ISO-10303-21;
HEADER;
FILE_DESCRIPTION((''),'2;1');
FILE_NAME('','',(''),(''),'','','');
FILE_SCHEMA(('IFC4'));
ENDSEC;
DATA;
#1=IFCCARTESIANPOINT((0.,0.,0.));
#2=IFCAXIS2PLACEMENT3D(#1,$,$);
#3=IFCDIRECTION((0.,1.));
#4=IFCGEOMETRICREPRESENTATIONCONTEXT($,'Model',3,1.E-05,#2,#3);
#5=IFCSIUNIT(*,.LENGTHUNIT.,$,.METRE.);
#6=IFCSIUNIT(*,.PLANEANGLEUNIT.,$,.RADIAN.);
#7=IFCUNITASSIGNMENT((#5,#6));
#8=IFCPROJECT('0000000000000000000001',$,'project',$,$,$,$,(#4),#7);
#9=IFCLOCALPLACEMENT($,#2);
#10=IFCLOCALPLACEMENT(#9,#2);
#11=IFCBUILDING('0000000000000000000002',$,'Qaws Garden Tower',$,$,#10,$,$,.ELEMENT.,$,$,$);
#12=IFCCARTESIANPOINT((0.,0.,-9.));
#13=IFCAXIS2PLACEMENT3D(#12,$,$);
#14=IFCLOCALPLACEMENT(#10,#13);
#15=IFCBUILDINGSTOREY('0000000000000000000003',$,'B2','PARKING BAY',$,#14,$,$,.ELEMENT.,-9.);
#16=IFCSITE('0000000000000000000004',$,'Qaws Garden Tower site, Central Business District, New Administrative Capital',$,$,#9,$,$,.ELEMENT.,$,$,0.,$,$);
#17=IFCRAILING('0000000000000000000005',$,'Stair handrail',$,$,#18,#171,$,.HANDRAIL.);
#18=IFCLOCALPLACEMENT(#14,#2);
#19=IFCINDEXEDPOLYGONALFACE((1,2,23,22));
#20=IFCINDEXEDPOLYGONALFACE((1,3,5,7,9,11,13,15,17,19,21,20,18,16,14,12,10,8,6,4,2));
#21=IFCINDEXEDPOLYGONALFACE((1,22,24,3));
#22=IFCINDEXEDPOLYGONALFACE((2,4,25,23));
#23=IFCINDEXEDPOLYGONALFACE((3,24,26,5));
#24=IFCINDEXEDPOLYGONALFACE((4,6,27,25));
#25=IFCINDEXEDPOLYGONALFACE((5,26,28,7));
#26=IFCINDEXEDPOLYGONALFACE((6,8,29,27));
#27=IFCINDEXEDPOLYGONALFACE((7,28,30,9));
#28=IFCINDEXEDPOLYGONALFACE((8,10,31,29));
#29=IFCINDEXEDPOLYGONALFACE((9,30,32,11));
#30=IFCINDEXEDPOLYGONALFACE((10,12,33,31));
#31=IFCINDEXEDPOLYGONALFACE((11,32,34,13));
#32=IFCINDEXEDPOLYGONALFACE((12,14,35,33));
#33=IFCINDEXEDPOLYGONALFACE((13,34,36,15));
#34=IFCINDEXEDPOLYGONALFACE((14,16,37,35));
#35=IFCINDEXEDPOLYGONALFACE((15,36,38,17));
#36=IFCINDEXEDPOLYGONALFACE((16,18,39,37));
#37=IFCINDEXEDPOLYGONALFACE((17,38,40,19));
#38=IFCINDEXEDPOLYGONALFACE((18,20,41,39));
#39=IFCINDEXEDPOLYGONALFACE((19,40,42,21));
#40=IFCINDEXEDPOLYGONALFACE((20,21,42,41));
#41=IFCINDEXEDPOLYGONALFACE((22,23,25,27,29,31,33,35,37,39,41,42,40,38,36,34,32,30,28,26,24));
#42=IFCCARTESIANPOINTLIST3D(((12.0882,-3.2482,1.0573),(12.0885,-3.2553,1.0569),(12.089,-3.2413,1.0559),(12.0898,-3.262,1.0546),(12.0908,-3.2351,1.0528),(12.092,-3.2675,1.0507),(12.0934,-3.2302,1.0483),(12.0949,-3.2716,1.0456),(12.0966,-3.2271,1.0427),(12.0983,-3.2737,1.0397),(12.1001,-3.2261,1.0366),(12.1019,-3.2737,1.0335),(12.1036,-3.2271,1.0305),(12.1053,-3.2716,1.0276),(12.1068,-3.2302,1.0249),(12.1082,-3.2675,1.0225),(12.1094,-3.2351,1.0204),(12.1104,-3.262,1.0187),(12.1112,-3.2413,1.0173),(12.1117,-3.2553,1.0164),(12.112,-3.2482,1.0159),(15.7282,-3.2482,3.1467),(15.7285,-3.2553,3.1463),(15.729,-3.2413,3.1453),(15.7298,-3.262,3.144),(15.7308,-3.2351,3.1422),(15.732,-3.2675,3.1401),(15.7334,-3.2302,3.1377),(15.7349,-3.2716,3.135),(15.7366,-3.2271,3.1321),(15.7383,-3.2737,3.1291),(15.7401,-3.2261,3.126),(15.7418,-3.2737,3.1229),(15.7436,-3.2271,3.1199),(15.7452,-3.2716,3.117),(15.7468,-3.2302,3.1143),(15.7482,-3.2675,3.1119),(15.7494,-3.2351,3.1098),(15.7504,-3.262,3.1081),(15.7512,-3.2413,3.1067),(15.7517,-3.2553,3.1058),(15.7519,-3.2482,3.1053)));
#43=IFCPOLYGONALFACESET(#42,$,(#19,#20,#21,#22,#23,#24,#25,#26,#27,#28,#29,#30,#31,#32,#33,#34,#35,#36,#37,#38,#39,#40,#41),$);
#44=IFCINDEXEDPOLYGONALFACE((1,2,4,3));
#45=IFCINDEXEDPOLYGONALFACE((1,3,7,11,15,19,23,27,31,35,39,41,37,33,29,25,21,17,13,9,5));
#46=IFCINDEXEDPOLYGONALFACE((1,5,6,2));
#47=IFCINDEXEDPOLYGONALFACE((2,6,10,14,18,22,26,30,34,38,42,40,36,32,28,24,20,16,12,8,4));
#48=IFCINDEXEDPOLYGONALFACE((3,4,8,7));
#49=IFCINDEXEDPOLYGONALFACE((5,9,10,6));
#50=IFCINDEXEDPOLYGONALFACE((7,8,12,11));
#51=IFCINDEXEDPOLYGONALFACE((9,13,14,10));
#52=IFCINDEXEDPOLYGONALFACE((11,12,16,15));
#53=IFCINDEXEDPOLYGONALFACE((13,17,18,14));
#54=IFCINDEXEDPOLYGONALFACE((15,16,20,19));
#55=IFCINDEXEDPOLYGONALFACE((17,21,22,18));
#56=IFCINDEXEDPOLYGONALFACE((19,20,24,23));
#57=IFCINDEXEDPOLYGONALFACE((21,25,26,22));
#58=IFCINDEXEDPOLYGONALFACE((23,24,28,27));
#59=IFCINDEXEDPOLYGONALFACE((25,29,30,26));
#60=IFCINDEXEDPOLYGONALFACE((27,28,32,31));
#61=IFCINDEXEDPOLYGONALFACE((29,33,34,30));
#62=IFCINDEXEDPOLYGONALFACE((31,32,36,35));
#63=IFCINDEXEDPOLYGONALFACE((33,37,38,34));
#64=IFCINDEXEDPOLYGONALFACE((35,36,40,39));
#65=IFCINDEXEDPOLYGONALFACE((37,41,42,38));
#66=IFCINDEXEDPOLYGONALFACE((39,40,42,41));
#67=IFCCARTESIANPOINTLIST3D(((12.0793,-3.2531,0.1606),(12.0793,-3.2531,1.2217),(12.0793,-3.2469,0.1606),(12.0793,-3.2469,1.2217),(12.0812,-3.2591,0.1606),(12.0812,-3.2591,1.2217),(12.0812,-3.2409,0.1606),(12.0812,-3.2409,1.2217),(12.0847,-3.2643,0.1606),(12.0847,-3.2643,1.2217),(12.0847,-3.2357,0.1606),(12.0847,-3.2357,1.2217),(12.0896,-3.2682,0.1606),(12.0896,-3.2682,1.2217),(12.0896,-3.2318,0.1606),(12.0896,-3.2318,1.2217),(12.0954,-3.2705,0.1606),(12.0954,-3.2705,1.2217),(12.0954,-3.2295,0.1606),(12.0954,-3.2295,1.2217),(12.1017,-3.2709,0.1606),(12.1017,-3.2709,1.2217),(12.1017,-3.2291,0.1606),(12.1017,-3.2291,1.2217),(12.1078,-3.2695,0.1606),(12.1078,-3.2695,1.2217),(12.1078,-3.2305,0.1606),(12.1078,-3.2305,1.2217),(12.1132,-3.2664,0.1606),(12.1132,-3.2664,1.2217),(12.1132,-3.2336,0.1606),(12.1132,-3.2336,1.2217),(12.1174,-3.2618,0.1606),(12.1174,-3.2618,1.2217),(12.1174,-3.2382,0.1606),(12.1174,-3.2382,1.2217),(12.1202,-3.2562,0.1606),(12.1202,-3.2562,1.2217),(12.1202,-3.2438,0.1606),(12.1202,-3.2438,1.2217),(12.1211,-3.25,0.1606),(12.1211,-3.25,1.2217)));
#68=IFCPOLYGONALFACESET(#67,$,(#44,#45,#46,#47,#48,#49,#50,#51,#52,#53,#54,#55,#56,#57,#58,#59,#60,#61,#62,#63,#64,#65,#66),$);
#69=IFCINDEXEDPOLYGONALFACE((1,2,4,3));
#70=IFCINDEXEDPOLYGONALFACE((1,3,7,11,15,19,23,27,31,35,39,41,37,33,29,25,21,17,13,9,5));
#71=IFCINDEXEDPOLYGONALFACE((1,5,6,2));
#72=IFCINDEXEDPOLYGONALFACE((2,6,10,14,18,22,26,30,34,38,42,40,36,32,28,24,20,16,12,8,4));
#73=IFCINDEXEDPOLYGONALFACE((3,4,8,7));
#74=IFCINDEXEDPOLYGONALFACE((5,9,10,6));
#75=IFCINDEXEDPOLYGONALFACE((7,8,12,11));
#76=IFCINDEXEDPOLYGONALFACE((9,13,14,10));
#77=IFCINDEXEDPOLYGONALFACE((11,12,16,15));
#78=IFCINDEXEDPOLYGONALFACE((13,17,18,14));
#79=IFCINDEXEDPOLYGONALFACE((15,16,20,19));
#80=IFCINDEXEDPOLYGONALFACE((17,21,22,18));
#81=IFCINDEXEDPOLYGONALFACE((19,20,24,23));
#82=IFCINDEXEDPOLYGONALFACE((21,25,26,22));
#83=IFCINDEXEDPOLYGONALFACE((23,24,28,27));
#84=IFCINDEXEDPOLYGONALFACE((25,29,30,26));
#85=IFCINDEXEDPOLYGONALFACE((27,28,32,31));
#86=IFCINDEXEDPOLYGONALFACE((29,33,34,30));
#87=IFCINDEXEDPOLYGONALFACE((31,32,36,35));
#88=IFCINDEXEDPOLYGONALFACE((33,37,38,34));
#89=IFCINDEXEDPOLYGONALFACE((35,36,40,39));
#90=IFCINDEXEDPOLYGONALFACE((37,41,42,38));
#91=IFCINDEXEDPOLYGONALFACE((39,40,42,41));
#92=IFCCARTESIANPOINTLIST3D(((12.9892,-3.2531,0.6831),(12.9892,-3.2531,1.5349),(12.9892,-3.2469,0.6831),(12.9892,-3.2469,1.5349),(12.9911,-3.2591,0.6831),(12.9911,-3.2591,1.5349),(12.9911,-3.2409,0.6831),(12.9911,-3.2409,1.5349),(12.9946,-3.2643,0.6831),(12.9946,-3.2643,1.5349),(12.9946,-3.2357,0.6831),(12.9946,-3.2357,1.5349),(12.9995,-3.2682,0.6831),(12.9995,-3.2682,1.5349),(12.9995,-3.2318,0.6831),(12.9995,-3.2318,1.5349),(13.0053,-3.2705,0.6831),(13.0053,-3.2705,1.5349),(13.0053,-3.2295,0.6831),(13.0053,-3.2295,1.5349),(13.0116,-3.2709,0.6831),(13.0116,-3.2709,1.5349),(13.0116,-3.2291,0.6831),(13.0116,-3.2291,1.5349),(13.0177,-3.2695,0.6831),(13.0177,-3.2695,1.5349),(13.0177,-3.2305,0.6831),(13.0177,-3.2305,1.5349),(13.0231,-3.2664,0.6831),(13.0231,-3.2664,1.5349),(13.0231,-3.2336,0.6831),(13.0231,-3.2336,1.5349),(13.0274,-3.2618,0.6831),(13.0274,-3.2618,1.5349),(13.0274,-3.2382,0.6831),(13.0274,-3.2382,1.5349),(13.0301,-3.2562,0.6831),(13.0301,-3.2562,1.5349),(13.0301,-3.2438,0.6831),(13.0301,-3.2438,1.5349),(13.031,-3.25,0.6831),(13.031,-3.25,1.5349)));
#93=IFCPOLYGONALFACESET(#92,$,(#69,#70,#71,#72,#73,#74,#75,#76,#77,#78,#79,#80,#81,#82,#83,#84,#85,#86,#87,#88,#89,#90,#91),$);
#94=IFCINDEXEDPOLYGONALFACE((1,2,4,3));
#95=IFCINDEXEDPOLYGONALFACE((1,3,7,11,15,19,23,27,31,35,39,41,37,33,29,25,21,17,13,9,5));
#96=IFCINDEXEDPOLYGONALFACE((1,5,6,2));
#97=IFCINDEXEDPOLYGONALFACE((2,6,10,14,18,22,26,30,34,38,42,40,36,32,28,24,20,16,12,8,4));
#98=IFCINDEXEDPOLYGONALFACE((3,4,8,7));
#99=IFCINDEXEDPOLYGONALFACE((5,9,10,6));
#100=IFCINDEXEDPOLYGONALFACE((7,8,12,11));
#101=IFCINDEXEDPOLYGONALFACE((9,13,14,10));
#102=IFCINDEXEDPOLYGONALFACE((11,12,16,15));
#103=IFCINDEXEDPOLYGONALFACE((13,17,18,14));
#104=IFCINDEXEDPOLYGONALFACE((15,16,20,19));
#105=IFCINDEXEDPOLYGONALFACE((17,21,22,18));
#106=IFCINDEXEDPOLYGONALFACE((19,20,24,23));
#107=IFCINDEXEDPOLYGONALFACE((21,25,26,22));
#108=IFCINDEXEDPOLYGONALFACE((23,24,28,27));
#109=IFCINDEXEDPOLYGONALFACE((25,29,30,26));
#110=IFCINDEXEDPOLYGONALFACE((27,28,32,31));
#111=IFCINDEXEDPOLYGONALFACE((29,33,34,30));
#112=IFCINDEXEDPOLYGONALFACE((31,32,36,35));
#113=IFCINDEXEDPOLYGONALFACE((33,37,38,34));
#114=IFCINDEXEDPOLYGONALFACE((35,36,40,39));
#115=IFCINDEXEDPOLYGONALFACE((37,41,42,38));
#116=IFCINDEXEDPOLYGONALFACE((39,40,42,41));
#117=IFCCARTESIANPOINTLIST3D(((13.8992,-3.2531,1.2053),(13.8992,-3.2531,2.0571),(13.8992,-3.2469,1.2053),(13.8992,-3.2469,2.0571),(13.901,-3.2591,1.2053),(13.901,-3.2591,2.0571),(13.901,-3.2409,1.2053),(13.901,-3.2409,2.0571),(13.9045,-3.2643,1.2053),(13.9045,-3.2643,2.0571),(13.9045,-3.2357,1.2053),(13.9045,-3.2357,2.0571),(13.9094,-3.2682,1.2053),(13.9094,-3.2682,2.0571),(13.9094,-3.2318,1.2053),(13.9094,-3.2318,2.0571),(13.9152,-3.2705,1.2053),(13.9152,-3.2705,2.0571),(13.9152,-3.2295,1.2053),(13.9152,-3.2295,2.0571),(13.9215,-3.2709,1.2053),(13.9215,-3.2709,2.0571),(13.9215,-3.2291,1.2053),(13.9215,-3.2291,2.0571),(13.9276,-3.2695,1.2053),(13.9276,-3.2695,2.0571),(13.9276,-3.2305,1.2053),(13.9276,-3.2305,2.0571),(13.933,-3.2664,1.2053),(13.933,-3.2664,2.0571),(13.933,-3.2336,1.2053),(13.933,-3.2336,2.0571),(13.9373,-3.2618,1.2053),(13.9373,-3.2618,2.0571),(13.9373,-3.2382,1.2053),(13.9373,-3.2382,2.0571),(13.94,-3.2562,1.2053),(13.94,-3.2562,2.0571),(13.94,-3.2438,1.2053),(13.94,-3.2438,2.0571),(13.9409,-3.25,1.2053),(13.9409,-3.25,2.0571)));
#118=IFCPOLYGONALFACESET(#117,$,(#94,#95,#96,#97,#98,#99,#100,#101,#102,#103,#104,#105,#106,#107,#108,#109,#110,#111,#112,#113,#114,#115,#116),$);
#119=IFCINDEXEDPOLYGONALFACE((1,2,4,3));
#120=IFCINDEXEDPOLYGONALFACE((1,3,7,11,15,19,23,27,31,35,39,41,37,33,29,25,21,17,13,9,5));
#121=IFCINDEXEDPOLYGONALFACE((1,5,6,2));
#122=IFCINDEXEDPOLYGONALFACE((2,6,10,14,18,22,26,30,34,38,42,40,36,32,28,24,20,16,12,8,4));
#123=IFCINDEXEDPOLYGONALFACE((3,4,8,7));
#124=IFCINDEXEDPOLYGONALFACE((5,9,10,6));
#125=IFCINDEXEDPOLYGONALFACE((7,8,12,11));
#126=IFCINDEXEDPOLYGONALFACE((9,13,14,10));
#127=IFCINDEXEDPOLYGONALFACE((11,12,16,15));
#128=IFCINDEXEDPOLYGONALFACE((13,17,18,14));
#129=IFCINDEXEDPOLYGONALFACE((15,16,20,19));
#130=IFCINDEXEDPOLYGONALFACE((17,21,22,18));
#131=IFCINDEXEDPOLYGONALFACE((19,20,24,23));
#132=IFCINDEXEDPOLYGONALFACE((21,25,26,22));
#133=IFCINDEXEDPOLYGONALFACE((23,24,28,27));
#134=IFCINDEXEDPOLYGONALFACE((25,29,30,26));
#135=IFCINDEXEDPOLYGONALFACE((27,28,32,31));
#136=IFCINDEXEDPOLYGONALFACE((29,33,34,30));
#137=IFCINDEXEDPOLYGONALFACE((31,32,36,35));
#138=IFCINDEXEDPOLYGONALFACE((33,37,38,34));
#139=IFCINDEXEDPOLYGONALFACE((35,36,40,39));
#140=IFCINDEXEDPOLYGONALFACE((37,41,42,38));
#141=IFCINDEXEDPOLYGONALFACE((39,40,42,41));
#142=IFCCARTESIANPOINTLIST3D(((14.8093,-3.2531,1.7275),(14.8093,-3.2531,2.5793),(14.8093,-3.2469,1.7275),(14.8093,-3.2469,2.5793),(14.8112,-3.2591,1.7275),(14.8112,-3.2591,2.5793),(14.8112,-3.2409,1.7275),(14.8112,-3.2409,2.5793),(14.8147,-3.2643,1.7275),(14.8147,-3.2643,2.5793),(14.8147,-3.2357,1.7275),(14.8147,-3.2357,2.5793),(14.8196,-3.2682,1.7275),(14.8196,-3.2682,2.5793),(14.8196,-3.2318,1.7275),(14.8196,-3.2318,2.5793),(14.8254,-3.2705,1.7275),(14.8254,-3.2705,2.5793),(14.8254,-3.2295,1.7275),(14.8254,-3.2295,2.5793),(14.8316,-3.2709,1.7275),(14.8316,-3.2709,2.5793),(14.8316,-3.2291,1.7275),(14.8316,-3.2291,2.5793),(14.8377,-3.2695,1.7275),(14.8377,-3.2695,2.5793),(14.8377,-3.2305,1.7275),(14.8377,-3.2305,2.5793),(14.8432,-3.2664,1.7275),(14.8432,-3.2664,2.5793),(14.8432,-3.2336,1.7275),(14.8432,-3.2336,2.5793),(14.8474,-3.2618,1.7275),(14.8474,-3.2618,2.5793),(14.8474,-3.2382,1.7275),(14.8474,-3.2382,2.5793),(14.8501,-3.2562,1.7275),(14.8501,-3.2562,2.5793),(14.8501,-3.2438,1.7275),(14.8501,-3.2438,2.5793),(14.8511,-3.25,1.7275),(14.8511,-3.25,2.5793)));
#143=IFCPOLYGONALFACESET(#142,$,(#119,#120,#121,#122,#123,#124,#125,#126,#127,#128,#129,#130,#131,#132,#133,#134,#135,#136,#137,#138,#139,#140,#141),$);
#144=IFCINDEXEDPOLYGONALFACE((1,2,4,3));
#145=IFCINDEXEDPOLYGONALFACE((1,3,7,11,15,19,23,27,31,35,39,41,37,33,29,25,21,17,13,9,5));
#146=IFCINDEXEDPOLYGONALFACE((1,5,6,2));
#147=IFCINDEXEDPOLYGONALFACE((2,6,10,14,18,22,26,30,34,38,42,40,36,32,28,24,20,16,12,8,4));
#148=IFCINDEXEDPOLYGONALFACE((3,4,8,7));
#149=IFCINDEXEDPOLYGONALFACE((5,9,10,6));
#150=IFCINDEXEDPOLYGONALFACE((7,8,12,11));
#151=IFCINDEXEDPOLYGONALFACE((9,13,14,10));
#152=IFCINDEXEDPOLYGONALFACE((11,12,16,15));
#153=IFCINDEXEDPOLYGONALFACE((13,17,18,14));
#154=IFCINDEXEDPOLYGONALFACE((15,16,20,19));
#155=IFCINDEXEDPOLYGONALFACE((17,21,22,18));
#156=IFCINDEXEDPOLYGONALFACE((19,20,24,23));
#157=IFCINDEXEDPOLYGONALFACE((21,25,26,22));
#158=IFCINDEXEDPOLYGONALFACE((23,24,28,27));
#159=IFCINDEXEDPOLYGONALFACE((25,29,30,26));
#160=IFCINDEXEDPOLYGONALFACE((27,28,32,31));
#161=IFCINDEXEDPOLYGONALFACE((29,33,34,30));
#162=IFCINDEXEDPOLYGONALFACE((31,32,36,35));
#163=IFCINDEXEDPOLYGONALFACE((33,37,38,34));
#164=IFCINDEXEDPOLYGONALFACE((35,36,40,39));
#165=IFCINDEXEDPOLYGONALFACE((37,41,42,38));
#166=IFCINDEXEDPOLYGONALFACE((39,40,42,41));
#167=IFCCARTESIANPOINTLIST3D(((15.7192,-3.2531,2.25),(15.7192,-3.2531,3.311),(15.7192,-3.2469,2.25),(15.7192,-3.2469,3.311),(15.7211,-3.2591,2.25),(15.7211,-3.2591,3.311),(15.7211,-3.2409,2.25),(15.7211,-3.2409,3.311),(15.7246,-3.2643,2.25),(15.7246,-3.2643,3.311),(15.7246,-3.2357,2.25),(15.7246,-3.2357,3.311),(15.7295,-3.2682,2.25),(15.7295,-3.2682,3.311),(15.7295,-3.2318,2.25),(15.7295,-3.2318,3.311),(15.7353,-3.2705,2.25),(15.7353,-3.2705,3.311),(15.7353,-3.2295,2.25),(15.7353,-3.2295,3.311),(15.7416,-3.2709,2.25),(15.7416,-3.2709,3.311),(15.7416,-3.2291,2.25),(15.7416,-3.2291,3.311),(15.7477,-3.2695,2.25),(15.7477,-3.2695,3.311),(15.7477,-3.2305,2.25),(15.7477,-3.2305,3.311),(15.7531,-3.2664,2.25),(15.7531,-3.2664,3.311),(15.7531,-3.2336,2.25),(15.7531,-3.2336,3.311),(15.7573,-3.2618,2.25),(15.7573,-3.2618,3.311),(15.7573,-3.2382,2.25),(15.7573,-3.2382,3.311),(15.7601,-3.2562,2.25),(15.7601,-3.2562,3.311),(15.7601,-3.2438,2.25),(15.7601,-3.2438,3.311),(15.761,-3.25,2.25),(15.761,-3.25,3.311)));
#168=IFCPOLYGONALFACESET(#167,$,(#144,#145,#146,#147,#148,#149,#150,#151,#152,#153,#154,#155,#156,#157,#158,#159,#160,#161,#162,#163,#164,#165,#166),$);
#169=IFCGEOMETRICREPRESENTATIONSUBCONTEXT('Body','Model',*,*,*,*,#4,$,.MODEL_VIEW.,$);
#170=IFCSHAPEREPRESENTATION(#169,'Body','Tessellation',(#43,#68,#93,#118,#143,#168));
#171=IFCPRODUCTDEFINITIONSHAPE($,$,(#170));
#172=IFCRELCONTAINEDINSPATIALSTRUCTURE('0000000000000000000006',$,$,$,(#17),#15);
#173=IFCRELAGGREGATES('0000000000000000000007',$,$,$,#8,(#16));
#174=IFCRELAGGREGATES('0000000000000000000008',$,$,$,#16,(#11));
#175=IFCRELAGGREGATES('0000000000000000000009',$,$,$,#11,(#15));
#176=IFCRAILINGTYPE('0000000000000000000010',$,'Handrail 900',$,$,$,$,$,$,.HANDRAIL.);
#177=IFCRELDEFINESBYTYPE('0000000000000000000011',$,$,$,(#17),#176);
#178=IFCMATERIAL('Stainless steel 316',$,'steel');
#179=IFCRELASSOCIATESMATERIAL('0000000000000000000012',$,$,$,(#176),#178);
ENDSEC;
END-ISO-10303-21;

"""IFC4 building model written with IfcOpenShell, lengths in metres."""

from ifc_helpers import new_model, si_unit, direction, frame, origin, origin_2d, place, context, subcontext, project, spatial, circle, extrude, material, type_object, element, save


model = new_model("IFC4")

# Units and contexts
model_context = context("Model", 3, precision=1e-05, world=origin(), true_north=direction((0.0, 1.0)))
body_context = subcontext(model_context, "Body", "Model", "MODEL_VIEW")
ifc_project = project(units=[si_unit("LENGTHUNIT", "METRE"), si_unit("PLANEANGLEUNIT", "RADIAN")], contexts=[model_context])

# Site, building, storey
site_placement = place(None, origin())
site = spatial("IfcSite", under=ifc_project, at=site_placement, Name="Qaws Garden Tower site, Central Business District, New Administrative Capital", CompositionType="ELEMENT", RefElevation=0.0)
building_placement = place(site_placement, origin())
building = spatial("IfcBuilding", under=site, at=building_placement, Name="Qaws Garden Tower", CompositionType="ELEMENT")
storey_placement = place(building_placement, frame((0.0, 0.0, -9.0)))
storey = spatial("IfcBuildingStorey", under=building, at=storey_placement, Name="B2", Description="PARKING BAY", CompositionType="ELEMENT", Elevation=-9.0)

# Railing
ifc_material_1 = material(Name="Stainless steel 316", Category="steel")
railing_type = type_object("IfcRailingType", Name="Handrail 900", PredefinedType="HANDRAIL", material=ifc_material_1)
for number, where, name in (
    (1, (12.1001, -3.25, 0.1606), "Stair handrail"),
):
    element("IfcRailing", number, at=place(storey_placement, frame(where)), inside=storey, type_object=railing_type, Name=name, PredefinedType="HANDRAIL", context=body_context, shape_type="SweptSolid", body=[
        extrude(circle(Radius=0.0239, at=origin_2d()), frame((0.0, 0.0, 0.876), z_axis=(0.867275, 0.0, 0.497829), x_axis=(0.0, 1.0, 0.0)), (0.0, 0.0, 1.0), 4.197),
        extrude(circle(Radius=0.021, at=origin_2d()), origin(), (0.0, 0.0, 1.0), 1.061),
        extrude(circle(Radius=0.021, at=origin_2d()), frame((0.9099, 0.0, 0.5225)), (0.0, 0.0, 1.0), 0.8518),
        extrude(circle(Radius=0.021, at=origin_2d()), frame((1.8198, 0.0, 1.0447)), (0.0, 0.0, 1.0), 0.8518),
        extrude(circle(Radius=0.021, at=origin_2d()), frame((2.73, 0.0, 1.5669)), (0.0, 0.0, 1.0), 0.8518),
        extrude(circle(Radius=0.021, at=origin_2d()), frame((3.6399, 0.0, 2.0894)), (0.0, 0.0, 1.0), 1.061),
    ])

save(model, "model.ifc")
